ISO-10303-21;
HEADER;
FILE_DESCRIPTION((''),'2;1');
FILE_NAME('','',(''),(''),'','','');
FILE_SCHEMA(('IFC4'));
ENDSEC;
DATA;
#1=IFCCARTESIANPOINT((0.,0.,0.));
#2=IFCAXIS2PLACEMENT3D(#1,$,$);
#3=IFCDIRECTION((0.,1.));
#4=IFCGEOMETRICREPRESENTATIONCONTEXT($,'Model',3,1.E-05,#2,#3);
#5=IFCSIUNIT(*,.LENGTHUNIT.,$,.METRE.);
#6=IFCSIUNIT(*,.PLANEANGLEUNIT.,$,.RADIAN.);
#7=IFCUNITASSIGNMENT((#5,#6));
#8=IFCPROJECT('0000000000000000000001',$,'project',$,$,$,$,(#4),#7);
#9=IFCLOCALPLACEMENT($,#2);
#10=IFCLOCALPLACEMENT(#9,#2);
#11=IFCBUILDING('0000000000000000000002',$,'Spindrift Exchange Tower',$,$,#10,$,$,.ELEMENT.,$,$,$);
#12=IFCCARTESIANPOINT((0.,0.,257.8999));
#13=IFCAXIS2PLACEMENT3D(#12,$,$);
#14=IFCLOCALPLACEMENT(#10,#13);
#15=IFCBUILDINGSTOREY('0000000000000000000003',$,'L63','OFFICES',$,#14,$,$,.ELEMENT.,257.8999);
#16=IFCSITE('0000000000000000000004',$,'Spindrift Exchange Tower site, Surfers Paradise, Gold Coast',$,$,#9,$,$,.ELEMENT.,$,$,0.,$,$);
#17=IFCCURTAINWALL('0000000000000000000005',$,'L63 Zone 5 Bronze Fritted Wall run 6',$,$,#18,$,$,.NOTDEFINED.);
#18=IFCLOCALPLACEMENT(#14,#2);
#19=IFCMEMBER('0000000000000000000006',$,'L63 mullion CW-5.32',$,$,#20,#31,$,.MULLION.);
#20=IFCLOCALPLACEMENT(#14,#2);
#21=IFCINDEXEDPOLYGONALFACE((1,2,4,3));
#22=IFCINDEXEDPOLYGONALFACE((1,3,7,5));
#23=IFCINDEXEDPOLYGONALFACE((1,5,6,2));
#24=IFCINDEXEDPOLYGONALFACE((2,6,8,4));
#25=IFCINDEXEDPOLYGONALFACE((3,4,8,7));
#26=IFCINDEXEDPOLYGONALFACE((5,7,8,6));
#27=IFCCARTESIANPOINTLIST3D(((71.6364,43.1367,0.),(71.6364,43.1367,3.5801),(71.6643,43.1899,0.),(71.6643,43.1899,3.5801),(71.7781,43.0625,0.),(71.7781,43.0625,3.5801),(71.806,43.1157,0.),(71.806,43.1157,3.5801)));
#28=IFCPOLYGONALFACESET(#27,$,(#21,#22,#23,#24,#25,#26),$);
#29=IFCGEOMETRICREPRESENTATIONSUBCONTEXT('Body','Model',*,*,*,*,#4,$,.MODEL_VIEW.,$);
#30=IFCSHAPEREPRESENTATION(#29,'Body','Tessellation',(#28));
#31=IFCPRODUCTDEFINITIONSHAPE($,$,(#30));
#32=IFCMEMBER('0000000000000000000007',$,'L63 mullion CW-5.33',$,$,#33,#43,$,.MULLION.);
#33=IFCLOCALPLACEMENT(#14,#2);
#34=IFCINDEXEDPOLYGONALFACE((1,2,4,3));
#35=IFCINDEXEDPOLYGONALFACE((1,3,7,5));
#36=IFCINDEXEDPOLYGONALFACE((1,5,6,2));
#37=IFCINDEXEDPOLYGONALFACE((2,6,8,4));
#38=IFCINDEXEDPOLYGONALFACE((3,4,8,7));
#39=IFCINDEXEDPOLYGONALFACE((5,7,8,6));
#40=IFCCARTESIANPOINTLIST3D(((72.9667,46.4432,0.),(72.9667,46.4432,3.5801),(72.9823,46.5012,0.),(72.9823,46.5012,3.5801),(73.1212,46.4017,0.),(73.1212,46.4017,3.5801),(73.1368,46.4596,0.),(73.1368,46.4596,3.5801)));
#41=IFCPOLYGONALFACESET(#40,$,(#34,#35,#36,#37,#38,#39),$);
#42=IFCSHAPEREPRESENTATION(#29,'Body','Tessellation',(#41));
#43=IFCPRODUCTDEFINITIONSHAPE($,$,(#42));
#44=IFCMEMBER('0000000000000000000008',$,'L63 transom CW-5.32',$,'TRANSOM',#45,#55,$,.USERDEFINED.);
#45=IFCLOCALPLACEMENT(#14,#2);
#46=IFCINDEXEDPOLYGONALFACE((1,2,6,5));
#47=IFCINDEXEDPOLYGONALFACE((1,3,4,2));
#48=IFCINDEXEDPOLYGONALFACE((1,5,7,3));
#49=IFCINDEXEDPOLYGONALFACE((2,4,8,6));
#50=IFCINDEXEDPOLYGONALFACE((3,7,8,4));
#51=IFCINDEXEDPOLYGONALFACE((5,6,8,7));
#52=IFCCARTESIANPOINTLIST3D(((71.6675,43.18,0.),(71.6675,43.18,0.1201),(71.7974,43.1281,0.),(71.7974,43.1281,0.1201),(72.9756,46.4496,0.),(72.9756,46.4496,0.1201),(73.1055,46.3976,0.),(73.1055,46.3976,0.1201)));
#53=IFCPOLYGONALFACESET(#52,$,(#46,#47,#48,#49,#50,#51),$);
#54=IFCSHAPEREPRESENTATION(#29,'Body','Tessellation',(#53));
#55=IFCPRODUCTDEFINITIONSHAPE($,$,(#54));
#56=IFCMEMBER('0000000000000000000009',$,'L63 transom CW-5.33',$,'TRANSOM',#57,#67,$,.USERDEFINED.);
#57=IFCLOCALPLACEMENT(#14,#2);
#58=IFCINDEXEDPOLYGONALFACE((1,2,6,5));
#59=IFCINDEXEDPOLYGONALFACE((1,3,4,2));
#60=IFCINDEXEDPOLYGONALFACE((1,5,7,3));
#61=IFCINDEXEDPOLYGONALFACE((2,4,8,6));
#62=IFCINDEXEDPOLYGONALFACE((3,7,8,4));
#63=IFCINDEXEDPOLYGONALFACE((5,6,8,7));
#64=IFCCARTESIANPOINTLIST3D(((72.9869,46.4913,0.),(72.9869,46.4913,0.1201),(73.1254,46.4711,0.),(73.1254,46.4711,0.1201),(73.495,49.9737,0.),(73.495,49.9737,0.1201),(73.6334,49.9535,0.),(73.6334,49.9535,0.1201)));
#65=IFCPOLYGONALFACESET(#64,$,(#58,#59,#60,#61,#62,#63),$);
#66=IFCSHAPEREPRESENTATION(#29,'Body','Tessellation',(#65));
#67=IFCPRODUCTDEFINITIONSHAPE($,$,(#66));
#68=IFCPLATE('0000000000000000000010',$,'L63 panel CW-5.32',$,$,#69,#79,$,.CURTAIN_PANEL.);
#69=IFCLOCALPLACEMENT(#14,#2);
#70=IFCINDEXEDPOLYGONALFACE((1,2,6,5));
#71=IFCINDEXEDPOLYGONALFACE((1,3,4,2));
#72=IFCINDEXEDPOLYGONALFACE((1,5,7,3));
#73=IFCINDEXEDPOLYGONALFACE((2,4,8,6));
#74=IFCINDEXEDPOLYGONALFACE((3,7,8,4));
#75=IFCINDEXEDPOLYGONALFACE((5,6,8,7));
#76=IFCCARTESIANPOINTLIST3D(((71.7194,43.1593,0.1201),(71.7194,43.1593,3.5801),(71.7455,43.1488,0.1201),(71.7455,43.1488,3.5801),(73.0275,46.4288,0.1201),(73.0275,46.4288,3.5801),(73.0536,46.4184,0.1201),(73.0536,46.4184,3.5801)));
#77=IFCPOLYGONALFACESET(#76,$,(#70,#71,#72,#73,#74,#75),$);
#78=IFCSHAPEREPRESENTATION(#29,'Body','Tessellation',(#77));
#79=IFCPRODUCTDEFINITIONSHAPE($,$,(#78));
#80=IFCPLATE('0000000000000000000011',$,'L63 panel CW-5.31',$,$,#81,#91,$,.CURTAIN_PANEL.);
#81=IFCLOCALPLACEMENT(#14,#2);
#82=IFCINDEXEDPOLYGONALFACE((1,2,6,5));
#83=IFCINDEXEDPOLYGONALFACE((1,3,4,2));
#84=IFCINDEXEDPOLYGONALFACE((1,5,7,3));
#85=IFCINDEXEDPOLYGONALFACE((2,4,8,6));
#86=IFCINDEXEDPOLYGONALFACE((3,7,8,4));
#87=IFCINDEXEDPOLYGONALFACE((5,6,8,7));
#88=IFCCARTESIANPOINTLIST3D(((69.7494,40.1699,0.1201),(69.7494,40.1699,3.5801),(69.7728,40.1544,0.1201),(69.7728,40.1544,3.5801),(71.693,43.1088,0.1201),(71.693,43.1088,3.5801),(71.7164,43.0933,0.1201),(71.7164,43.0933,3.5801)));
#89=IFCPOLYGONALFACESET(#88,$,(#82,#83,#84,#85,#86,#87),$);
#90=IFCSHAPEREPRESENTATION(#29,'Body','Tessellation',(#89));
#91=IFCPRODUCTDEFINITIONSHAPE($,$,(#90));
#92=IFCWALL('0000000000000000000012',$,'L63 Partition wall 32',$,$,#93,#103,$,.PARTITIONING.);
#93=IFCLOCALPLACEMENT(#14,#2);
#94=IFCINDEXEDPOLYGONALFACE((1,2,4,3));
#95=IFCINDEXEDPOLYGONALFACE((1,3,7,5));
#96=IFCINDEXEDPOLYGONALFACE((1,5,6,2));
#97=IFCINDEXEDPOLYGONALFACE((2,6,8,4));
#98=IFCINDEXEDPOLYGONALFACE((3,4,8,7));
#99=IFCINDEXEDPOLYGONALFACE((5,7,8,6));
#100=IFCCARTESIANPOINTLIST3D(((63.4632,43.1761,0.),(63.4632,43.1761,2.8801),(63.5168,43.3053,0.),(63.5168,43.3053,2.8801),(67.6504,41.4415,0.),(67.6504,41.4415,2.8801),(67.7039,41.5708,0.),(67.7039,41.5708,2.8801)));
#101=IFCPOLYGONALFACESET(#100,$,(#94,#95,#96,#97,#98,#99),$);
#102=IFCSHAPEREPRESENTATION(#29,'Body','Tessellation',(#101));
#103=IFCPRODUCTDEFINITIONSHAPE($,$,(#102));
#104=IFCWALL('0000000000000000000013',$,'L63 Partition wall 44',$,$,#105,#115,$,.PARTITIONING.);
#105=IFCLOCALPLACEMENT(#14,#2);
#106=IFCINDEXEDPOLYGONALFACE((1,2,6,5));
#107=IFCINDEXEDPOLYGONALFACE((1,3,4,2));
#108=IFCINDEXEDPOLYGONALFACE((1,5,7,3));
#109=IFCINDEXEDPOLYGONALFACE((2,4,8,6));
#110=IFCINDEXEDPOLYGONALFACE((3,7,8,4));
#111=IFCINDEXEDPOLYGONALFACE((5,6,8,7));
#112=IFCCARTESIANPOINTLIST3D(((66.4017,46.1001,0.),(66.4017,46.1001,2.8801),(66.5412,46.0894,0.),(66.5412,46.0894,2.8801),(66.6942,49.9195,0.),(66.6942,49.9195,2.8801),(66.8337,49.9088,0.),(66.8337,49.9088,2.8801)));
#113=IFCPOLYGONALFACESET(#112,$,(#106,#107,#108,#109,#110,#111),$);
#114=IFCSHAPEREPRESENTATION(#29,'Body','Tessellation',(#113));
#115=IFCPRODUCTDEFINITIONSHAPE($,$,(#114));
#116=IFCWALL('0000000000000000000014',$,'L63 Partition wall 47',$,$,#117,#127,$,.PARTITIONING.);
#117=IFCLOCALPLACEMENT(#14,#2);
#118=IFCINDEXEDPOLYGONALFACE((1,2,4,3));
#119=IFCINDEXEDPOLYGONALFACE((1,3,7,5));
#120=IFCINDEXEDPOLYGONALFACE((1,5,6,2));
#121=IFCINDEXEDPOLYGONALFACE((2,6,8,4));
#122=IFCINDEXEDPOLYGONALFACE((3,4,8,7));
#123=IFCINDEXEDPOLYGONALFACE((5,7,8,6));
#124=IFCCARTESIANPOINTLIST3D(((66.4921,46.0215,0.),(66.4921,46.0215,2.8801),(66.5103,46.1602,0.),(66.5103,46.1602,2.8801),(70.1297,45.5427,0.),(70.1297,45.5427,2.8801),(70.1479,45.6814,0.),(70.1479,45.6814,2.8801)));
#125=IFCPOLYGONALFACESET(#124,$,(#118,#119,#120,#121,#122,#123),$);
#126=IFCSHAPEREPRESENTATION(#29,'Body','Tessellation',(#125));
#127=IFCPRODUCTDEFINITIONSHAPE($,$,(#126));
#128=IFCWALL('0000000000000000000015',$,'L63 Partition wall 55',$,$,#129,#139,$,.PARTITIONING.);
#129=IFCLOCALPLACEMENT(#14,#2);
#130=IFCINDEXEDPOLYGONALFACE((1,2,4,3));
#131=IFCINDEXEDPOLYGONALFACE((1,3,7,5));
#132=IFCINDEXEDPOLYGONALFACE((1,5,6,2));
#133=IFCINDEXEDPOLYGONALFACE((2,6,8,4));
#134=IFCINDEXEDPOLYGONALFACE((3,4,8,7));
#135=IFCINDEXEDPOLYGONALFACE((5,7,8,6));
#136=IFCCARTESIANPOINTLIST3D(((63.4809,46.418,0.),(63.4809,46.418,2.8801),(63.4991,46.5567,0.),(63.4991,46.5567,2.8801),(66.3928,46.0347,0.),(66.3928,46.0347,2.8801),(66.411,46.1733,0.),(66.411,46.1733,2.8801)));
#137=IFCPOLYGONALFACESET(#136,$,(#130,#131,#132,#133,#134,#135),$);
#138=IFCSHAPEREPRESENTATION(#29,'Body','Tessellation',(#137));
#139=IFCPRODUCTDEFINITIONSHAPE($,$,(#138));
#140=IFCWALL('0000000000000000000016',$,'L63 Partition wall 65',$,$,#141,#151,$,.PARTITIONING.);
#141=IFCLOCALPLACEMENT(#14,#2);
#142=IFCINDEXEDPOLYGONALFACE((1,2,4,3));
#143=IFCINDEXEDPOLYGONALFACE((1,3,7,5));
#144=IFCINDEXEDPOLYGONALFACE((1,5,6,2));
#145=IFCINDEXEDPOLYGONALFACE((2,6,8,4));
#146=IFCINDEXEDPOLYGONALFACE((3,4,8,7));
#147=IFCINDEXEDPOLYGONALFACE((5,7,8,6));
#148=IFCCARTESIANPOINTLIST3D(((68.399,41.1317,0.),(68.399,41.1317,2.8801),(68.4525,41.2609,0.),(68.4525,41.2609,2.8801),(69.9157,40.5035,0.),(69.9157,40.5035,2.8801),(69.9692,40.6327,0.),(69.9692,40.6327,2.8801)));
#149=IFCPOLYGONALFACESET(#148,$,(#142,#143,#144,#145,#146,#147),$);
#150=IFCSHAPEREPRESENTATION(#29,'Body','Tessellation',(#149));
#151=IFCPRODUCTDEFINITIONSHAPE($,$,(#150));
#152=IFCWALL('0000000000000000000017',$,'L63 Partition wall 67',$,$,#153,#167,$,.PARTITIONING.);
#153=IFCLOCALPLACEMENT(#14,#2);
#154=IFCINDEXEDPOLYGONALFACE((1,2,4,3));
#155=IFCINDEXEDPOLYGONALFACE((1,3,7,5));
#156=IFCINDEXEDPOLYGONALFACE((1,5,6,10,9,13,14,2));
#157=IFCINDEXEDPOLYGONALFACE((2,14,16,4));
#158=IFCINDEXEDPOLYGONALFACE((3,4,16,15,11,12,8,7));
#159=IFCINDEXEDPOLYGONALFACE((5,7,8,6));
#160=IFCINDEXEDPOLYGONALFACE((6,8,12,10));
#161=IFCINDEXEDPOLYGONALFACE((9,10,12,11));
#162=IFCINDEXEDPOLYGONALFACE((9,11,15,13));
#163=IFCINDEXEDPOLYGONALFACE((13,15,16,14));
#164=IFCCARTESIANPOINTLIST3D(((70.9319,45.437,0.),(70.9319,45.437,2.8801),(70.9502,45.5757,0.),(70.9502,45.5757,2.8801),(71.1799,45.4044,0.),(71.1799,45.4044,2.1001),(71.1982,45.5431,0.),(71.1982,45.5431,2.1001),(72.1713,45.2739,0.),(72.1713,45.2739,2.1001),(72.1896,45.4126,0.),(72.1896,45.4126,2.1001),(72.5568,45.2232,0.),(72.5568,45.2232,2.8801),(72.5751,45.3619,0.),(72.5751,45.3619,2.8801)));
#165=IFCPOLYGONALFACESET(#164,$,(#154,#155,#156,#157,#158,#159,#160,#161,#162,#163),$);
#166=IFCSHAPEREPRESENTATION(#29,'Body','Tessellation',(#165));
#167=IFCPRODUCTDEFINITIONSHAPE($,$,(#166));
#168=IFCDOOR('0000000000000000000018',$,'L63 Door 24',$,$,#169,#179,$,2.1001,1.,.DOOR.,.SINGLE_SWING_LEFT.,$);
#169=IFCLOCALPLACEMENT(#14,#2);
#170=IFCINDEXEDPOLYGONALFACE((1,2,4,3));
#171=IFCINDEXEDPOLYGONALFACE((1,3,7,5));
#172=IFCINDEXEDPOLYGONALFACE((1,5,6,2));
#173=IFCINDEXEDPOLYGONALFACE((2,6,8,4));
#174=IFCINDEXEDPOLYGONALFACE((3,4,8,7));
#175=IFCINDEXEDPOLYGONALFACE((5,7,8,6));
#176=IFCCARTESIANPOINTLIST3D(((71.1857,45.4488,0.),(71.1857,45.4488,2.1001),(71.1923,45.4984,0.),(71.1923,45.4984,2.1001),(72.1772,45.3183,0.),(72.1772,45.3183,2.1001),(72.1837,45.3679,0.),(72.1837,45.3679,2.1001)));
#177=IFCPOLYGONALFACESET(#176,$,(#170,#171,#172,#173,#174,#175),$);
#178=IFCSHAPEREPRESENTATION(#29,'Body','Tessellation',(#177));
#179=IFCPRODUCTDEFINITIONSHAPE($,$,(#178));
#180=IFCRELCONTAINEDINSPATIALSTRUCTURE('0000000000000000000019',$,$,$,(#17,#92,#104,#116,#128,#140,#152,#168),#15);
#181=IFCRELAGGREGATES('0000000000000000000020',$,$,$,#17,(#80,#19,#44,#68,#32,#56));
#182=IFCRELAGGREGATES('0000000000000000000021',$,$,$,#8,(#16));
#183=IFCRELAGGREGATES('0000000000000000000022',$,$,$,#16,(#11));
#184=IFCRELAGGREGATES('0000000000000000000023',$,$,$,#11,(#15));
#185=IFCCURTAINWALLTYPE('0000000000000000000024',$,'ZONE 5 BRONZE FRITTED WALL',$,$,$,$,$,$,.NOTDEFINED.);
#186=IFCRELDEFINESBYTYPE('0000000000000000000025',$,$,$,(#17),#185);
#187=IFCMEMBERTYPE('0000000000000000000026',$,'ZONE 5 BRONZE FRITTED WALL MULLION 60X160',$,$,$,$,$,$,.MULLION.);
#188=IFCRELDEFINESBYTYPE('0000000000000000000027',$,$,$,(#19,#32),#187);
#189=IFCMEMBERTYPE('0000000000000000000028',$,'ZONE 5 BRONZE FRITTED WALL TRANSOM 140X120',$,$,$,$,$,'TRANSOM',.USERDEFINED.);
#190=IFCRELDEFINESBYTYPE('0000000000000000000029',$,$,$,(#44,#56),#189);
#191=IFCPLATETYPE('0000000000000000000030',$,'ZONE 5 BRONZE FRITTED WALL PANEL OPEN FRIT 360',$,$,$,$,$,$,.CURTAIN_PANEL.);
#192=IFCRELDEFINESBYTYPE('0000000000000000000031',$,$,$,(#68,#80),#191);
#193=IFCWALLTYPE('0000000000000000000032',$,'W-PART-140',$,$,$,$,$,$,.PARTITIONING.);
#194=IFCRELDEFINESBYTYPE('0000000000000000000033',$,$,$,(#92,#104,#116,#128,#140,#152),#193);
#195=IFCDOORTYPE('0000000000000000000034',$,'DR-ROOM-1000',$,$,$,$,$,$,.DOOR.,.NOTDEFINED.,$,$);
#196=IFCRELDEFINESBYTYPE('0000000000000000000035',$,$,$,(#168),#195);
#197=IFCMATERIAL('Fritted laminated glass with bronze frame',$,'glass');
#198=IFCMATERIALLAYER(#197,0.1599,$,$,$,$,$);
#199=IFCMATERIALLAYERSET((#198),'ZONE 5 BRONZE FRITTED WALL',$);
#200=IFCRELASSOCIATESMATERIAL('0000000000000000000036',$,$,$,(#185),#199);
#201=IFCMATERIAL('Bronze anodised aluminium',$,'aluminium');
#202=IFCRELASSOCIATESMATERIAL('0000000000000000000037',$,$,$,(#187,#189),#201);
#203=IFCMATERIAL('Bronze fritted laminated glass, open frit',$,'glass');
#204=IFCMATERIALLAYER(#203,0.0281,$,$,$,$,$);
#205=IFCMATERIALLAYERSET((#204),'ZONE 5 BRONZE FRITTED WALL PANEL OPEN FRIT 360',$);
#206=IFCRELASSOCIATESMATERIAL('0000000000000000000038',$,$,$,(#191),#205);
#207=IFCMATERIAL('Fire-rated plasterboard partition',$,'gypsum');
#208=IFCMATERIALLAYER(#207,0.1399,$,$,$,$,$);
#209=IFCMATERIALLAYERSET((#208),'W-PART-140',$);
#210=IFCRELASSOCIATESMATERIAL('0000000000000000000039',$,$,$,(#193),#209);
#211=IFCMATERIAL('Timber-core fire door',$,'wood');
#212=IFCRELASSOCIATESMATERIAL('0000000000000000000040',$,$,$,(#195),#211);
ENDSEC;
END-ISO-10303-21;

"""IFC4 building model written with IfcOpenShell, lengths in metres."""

from ifc_helpers import new_model, si_unit, direction, frame, frame_2d, origin, origin_2d, place, context, subcontext, project, spatial, rectangle, extrude, source, transform, mapped, material, layer, layer_set, material_profile, profile_set, type_object, element, fill, aggregate, save


model = new_model("IFC4")

# Units and contexts
model_context = context("Model", 3, precision=1e-05, world=origin(), true_north=direction((0.0, 1.0)))
body_context = subcontext(model_context, "Body", "Model", "MODEL_VIEW")
ifc_project = project(units=[si_unit("LENGTHUNIT", "METRE"), si_unit("PLANEANGLEUNIT", "RADIAN")], contexts=[model_context])

# Site, building, storey
site_placement = place(None, origin())
site = spatial("IfcSite", under=ifc_project, at=site_placement, Name="Spindrift Exchange Tower site, Surfers Paradise, Gold Coast", CompositionType="ELEMENT", RefElevation=0.0)
building_placement = place(site_placement, origin())
building = spatial("IfcBuilding", under=site, at=building_placement, Name="Spindrift Exchange Tower", CompositionType="ELEMENT")
storey_placement = place(building_placement, frame((0.0, 0.0, 257.8999)))
storey = spatial("IfcBuildingStorey", under=building, at=storey_placement, Name="L63", Description="OFFICES", CompositionType="ELEMENT", Elevation=257.8999)

# Curtain wall, members, plates
ifc_material_1 = material(Name="Fritted laminated glass with bronze frame", Category="glass")
ifc_layer_1 = layer(ifc_material_1, 0.1599)
ifc_layer_set_1 = layer_set([ifc_layer_1], Name="ZONE 5 BRONZE FRITTED WALL")
curtain_wall_type = type_object("IfcCurtainWallType", Name="ZONE 5 BRONZE FRITTED WALL", PredefinedType="NOTDEFINED", material=ifc_layer_set_1)
curtain_wall_placement = place(storey_placement, origin())
curtain_wall = element("IfcCurtainWall", 1, at=curtain_wall_placement, inside=storey, type_object=curtain_wall_type, Name="L63 Zone 5 Bronze Fritted Wall run 6", PredefinedType="NOTDEFINED")
ifc_material_2 = material(Name="Bronze anodised aluminium", Category="aluminium")
ifc_material_profile_1 = material_profile(ifc_material_2, rectangle(XDim=0.0601, YDim=0.1599, at=origin_2d()), Name="ZONE 5 BRONZE FRITTED WALL MULLION 60X160")
ifc_profile_set_1 = profile_set([ifc_material_profile_1], Name="Bronze anodised aluminium")
member_type_1 = type_object("IfcMemberType", Name="ZONE 5 BRONZE FRITTED WALL MULLION 60X160", PredefinedType="MULLION", material=ifc_profile_set_1)
shared_shape_1 = source(origin(), body_context, "Body", "SweptSolid", [
    extrude(rectangle(XDim=0.0601, YDim=0.1599, at=origin_2d()), origin(), (0.0, 0.0, 1.0), 3.5801),
])
member_1_placement = place(storey_placement, frame((71.7212, 43.1262, 0.0), z_axis=(0.0, 0.0, 1.0), x_axis=(0.463936, 0.885869, 0.0)))
member_1 = element("IfcMember", 2, at=member_1_placement, type_object=member_type_1, Name="L63 mullion CW-5.32", PredefinedType="MULLION", context=body_context, shape_type="MappedRepresentation", body=[
    mapped(shared_shape_1, transform((0.0, 0.0, 0.0), scale=1.0)),
])
member_2_placement = place(storey_placement, frame((73.0518, 46.4514, 0.0), z_axis=(0.0, 0.0, 1.0), x_axis=(0.259723, 0.965683, 0.0)))
member_2 = element("IfcMember", 3, at=member_2_placement, type_object=member_type_1, Name="L63 mullion CW-5.33", PredefinedType="MULLION", context=body_context, shape_type="MappedRepresentation", body=[
    mapped(shared_shape_1, transform((0.0, 0.0, 0.0), scale=1.0)),
])
ifc_material_profile_2 = material_profile(ifc_material_2, rectangle(XDim=0.1399, YDim=0.1201, at=origin_2d()), Name="ZONE 5 BRONZE FRITTED WALL TRANSOM 140X120")
ifc_profile_set_2 = profile_set([ifc_material_profile_2], Name="Bronze anodised aluminium")
member_type_2 = type_object("IfcMemberType", Name="ZONE 5 BRONZE FRITTED WALL TRANSOM 140X120", ElementType="TRANSOM", PredefinedType="USERDEFINED", material=ifc_profile_set_2)
shared_shape_2 = source(origin(), body_context, "Body", "SweptSolid", [
    extrude(rectangle(XDim=0.1399, YDim=0.1201, at=origin_2d()), origin(), (0.0, 0.0, 1.0), 3.5215),
])
member_3_placement = place(storey_placement, frame((71.7324, 43.1541, 0.0601), z_axis=(0.371462, 0.928448, 0.0), x_axis=(-0.928448, 0.371462, 0.0)))
member_3 = element("IfcMember", 4, at=member_3_placement, type_object=member_type_2, Name="L63 transom CW-5.32", ObjectType="TRANSOM", PredefinedType="USERDEFINED", context=body_context, shape_type="MappedRepresentation", body=[
    mapped(shared_shape_2, transform((0.0, 0.0, 0.0), scale=1.0)),
])
shared_shape_3 = source(origin(), body_context, "Body", "SweptSolid", [
    extrude(rectangle(XDim=0.1399, YDim=0.1201, at=origin_2d()), origin(), (0.0, 0.0, 1.0), 3.5193),
])
member_4_placement = place(storey_placement, frame((73.0562, 46.4812, 0.0601), z_axis=(0.144363, 0.989525, 0.0), x_axis=(-0.989525, 0.144363, 0.0)))
member_4 = element("IfcMember", 5, at=member_4_placement, type_object=member_type_2, Name="L63 transom CW-5.33", ObjectType="TRANSOM", PredefinedType="USERDEFINED", context=body_context, shape_type="MappedRepresentation", body=[
    mapped(shared_shape_3, transform((0.0, 0.0, 0.0), scale=1.0)),
])
ifc_material_3 = material(Name="Bronze fritted laminated glass, open frit", Category="glass")
ifc_layer_2 = layer(ifc_material_3, 0.0281)
ifc_layer_set_2 = layer_set([ifc_layer_2], Name="ZONE 5 BRONZE FRITTED WALL PANEL OPEN FRIT 360")
plate_type = type_object("IfcPlateType", Name="ZONE 5 BRONZE FRITTED WALL PANEL OPEN FRIT 360", PredefinedType="CURTAIN_PANEL", material=ifc_layer_set_2)
shared_shape_4 = source(origin(), body_context, "Body", "SweptSolid", [
    extrude(rectangle(XDim=3.5215, YDim=0.0281, at=origin_2d()), origin(), (0.0, 0.0, 1.0), 3.46),
])
plate_1_placement = place(storey_placement, frame((72.3865, 44.7888, 0.1201), z_axis=(0.0, 0.0, 1.0), x_axis=(0.371459, 0.92845, 0.0)))
plate_1 = element("IfcPlate", 6, at=plate_1_placement, type_object=plate_type, Name="L63 panel CW-5.32", PredefinedType="CURTAIN_PANEL", context=body_context, shape_type="MappedRepresentation", body=[
    mapped(shared_shape_4, transform((0.0, 0.0, 0.0), scale=1.0)),
])
shared_shape_5 = source(origin(), body_context, "Body", "SweptSolid", [
    extrude(rectangle(XDim=3.5234, YDim=0.0281, at=origin_2d()), origin(), (0.0, 0.0, 1.0), 3.46),
])
plate_2_placement = place(storey_placement, frame((70.7329, 41.6316, 0.1201), z_axis=(0.0, 0.0, 1.0), x_axis=(0.551605, 0.834105, 0.0)))
plate_2 = element("IfcPlate", 7, at=plate_2_placement, type_object=plate_type, Name="L63 panel CW-5.31", PredefinedType="CURTAIN_PANEL", context=body_context, shape_type="MappedRepresentation", body=[
    mapped(shared_shape_5, transform((0.0, 0.0, 0.0), scale=1.0)),
])
aggregate(curtain_wall, [plate_2, member_1, member_3, plate_1, member_2, member_4])

# Walls
ifc_material_4 = material(Name="Fire-rated plasterboard partition", Category="gypsum")
ifc_layer_3 = layer(ifc_material_4, 0.1399)
ifc_layer_set_3 = layer_set([ifc_layer_3], Name="W-PART-140")
wall_type = type_object("IfcWallType", Name="W-PART-140", PredefinedType="PARTITIONING", material=ifc_layer_set_3)
wall_1_placement = place(storey_placement, frame((63.49, 43.2407, 0.0), z_axis=(0.0, 0.0, 1.0), x_axis=(0.923864, -0.382721, 0.0)))
element("IfcWall", 8, at=wall_1_placement, inside=storey, type_object=wall_type, Name="L63 Partition wall 32", PredefinedType="PARTITIONING", context=body_context, shape_type="SweptSolid", body=[
    extrude(rectangle(XDim=4.5322, YDim=0.1399, at=frame_2d((2.2661, 0.0))), origin(), (0.0, 0.0, 1.0), 2.8801),
])
wall_2_placement = place(storey_placement, frame((66.4714, 46.0947, 0.0), z_axis=(0.0, 0.0, 1.0), x_axis=(0.076355, 0.997081, 0.0)))
element("IfcWall", 9, at=wall_2_placement, inside=storey, type_object=wall_type, Name="L63 Partition wall 44", PredefinedType="PARTITIONING", context=body_context, shape_type="SweptSolid", body=[
    extrude(rectangle(XDim=3.8306, YDim=0.1399, at=frame_2d((1.9153, 0.0))), origin(), (0.0, 0.0, 1.0), 2.8801),
])
wall_3_placement = place(storey_placement, frame((66.5012, 46.0908, 0.0), z_axis=(0.0, 0.0, 1.0), x_axis=(0.99145, -0.130485, 0.0)))
element("IfcWall", 10, at=wall_3_placement, inside=storey, type_object=wall_type, Name="L63 Partition wall 47", PredefinedType="PARTITIONING", context=body_context, shape_type="SweptSolid", body=[
    extrude(rectangle(XDim=3.6689, YDim=0.1399, at=frame_2d((1.8345, 0.0))), origin(), (0.0, 0.0, 1.0), 2.8801),
])
wall_4_placement = place(storey_placement, frame((63.49, 46.4873, 0.0), z_axis=(0.0, 0.0, 1.0), x_axis=(0.991447, -0.130508, 0.0)))
element("IfcWall", 11, at=wall_4_placement, inside=storey, type_object=wall_type, Name="L63 Partition wall 55", PredefinedType="PARTITIONING", context=body_context, shape_type="SweptSolid", body=[
    extrude(rectangle(XDim=2.937, YDim=0.1399, at=frame_2d((1.4685, 0.0))), origin(), (0.0, 0.0, 1.0), 2.8801),
])
wall_5_placement = place(storey_placement, frame((68.4258, 41.1963, 0.0), z_axis=(0.0, 0.0, 1.0), x_axis=(0.923885, -0.382671, 0.0)))
element("IfcWall", 12, at=wall_5_placement, inside=storey, type_object=wall_type, Name="L63 Partition wall 65", PredefinedType="PARTITIONING", context=body_context, shape_type="SweptSolid", body=[
    extrude(rectangle(XDim=1.6416, YDim=0.1399, at=frame_2d((0.8208, 0.0))), origin(), (0.0, 0.0, 1.0), 2.8801),
])

# Wall, opening, door
wall_6_placement = place(storey_placement, frame((70.9412, 45.5063, 0.0), z_axis=(0.0, 0.0, 1.0), x_axis=(0.99145, -0.130485, 0.0)))
wall_6 = element("IfcWall", 13, at=wall_6_placement, inside=storey, type_object=wall_type, Name="L63 Partition wall 67", PredefinedType="PARTITIONING", context=body_context, shape_type="SweptSolid", body=[
    extrude(rectangle(XDim=1.6389, YDim=0.1399, at=frame_2d((0.8193, 0.0))), origin(), (0.0, 0.0, 1.0), 2.8801),
])
opening_placement = place(wall_6_placement, frame((0.25, 0.0, 0.0)))
opening = element("IfcOpeningElement", 14, at=opening_placement, cuts=wall_6, PredefinedType="OPENING", context=body_context, shape_type="SweptSolid", body=[
    extrude(rectangle(XDim=1.0, YDim=2.1001, at=frame_2d((0.5, 1.05))), frame((0.0, 0.0798, 0.0), z_axis=(0.0, -1.0, 0.0), x_axis=(1.0, 0.0, 0.0)), (0.0, 0.0, 1.0), 0.1599),
])
ifc_material_5 = material(Name="Timber-core fire door", Category="wood")
door_type = type_object("IfcDoorType", Name="DR-ROOM-1000", OperationType="NOTDEFINED", PredefinedType="DOOR", material=ifc_material_5)
shared_shape_6 = source(origin(), body_context, "Body", "SweptSolid", [
    extrude(rectangle(XDim=1.0, YDim=2.1001, at=frame_2d((0.5, 1.05))), frame((0.0, 0.0249, 0.0), z_axis=(0.0, -1.0, 0.0), x_axis=(1.0, 0.0, 0.0)), (0.0, 0.0, 1.0), 0.05),
])
door_placement = place(opening_placement, origin())
door = element("IfcDoor", 15, at=door_placement, inside=storey, type_object=door_type, Name="L63 Door 24", OperationType="SINGLE_SWING_LEFT", OverallHeight=2.1001, OverallWidth=1.0, PredefinedType="DOOR", context=body_context, shape_type="MappedRepresentation", body=[
    mapped(shared_shape_6, transform((0.0, 0.0, 0.0), scale=1.0)),
])
fill(opening, door)

save(model, "model.ifc")
